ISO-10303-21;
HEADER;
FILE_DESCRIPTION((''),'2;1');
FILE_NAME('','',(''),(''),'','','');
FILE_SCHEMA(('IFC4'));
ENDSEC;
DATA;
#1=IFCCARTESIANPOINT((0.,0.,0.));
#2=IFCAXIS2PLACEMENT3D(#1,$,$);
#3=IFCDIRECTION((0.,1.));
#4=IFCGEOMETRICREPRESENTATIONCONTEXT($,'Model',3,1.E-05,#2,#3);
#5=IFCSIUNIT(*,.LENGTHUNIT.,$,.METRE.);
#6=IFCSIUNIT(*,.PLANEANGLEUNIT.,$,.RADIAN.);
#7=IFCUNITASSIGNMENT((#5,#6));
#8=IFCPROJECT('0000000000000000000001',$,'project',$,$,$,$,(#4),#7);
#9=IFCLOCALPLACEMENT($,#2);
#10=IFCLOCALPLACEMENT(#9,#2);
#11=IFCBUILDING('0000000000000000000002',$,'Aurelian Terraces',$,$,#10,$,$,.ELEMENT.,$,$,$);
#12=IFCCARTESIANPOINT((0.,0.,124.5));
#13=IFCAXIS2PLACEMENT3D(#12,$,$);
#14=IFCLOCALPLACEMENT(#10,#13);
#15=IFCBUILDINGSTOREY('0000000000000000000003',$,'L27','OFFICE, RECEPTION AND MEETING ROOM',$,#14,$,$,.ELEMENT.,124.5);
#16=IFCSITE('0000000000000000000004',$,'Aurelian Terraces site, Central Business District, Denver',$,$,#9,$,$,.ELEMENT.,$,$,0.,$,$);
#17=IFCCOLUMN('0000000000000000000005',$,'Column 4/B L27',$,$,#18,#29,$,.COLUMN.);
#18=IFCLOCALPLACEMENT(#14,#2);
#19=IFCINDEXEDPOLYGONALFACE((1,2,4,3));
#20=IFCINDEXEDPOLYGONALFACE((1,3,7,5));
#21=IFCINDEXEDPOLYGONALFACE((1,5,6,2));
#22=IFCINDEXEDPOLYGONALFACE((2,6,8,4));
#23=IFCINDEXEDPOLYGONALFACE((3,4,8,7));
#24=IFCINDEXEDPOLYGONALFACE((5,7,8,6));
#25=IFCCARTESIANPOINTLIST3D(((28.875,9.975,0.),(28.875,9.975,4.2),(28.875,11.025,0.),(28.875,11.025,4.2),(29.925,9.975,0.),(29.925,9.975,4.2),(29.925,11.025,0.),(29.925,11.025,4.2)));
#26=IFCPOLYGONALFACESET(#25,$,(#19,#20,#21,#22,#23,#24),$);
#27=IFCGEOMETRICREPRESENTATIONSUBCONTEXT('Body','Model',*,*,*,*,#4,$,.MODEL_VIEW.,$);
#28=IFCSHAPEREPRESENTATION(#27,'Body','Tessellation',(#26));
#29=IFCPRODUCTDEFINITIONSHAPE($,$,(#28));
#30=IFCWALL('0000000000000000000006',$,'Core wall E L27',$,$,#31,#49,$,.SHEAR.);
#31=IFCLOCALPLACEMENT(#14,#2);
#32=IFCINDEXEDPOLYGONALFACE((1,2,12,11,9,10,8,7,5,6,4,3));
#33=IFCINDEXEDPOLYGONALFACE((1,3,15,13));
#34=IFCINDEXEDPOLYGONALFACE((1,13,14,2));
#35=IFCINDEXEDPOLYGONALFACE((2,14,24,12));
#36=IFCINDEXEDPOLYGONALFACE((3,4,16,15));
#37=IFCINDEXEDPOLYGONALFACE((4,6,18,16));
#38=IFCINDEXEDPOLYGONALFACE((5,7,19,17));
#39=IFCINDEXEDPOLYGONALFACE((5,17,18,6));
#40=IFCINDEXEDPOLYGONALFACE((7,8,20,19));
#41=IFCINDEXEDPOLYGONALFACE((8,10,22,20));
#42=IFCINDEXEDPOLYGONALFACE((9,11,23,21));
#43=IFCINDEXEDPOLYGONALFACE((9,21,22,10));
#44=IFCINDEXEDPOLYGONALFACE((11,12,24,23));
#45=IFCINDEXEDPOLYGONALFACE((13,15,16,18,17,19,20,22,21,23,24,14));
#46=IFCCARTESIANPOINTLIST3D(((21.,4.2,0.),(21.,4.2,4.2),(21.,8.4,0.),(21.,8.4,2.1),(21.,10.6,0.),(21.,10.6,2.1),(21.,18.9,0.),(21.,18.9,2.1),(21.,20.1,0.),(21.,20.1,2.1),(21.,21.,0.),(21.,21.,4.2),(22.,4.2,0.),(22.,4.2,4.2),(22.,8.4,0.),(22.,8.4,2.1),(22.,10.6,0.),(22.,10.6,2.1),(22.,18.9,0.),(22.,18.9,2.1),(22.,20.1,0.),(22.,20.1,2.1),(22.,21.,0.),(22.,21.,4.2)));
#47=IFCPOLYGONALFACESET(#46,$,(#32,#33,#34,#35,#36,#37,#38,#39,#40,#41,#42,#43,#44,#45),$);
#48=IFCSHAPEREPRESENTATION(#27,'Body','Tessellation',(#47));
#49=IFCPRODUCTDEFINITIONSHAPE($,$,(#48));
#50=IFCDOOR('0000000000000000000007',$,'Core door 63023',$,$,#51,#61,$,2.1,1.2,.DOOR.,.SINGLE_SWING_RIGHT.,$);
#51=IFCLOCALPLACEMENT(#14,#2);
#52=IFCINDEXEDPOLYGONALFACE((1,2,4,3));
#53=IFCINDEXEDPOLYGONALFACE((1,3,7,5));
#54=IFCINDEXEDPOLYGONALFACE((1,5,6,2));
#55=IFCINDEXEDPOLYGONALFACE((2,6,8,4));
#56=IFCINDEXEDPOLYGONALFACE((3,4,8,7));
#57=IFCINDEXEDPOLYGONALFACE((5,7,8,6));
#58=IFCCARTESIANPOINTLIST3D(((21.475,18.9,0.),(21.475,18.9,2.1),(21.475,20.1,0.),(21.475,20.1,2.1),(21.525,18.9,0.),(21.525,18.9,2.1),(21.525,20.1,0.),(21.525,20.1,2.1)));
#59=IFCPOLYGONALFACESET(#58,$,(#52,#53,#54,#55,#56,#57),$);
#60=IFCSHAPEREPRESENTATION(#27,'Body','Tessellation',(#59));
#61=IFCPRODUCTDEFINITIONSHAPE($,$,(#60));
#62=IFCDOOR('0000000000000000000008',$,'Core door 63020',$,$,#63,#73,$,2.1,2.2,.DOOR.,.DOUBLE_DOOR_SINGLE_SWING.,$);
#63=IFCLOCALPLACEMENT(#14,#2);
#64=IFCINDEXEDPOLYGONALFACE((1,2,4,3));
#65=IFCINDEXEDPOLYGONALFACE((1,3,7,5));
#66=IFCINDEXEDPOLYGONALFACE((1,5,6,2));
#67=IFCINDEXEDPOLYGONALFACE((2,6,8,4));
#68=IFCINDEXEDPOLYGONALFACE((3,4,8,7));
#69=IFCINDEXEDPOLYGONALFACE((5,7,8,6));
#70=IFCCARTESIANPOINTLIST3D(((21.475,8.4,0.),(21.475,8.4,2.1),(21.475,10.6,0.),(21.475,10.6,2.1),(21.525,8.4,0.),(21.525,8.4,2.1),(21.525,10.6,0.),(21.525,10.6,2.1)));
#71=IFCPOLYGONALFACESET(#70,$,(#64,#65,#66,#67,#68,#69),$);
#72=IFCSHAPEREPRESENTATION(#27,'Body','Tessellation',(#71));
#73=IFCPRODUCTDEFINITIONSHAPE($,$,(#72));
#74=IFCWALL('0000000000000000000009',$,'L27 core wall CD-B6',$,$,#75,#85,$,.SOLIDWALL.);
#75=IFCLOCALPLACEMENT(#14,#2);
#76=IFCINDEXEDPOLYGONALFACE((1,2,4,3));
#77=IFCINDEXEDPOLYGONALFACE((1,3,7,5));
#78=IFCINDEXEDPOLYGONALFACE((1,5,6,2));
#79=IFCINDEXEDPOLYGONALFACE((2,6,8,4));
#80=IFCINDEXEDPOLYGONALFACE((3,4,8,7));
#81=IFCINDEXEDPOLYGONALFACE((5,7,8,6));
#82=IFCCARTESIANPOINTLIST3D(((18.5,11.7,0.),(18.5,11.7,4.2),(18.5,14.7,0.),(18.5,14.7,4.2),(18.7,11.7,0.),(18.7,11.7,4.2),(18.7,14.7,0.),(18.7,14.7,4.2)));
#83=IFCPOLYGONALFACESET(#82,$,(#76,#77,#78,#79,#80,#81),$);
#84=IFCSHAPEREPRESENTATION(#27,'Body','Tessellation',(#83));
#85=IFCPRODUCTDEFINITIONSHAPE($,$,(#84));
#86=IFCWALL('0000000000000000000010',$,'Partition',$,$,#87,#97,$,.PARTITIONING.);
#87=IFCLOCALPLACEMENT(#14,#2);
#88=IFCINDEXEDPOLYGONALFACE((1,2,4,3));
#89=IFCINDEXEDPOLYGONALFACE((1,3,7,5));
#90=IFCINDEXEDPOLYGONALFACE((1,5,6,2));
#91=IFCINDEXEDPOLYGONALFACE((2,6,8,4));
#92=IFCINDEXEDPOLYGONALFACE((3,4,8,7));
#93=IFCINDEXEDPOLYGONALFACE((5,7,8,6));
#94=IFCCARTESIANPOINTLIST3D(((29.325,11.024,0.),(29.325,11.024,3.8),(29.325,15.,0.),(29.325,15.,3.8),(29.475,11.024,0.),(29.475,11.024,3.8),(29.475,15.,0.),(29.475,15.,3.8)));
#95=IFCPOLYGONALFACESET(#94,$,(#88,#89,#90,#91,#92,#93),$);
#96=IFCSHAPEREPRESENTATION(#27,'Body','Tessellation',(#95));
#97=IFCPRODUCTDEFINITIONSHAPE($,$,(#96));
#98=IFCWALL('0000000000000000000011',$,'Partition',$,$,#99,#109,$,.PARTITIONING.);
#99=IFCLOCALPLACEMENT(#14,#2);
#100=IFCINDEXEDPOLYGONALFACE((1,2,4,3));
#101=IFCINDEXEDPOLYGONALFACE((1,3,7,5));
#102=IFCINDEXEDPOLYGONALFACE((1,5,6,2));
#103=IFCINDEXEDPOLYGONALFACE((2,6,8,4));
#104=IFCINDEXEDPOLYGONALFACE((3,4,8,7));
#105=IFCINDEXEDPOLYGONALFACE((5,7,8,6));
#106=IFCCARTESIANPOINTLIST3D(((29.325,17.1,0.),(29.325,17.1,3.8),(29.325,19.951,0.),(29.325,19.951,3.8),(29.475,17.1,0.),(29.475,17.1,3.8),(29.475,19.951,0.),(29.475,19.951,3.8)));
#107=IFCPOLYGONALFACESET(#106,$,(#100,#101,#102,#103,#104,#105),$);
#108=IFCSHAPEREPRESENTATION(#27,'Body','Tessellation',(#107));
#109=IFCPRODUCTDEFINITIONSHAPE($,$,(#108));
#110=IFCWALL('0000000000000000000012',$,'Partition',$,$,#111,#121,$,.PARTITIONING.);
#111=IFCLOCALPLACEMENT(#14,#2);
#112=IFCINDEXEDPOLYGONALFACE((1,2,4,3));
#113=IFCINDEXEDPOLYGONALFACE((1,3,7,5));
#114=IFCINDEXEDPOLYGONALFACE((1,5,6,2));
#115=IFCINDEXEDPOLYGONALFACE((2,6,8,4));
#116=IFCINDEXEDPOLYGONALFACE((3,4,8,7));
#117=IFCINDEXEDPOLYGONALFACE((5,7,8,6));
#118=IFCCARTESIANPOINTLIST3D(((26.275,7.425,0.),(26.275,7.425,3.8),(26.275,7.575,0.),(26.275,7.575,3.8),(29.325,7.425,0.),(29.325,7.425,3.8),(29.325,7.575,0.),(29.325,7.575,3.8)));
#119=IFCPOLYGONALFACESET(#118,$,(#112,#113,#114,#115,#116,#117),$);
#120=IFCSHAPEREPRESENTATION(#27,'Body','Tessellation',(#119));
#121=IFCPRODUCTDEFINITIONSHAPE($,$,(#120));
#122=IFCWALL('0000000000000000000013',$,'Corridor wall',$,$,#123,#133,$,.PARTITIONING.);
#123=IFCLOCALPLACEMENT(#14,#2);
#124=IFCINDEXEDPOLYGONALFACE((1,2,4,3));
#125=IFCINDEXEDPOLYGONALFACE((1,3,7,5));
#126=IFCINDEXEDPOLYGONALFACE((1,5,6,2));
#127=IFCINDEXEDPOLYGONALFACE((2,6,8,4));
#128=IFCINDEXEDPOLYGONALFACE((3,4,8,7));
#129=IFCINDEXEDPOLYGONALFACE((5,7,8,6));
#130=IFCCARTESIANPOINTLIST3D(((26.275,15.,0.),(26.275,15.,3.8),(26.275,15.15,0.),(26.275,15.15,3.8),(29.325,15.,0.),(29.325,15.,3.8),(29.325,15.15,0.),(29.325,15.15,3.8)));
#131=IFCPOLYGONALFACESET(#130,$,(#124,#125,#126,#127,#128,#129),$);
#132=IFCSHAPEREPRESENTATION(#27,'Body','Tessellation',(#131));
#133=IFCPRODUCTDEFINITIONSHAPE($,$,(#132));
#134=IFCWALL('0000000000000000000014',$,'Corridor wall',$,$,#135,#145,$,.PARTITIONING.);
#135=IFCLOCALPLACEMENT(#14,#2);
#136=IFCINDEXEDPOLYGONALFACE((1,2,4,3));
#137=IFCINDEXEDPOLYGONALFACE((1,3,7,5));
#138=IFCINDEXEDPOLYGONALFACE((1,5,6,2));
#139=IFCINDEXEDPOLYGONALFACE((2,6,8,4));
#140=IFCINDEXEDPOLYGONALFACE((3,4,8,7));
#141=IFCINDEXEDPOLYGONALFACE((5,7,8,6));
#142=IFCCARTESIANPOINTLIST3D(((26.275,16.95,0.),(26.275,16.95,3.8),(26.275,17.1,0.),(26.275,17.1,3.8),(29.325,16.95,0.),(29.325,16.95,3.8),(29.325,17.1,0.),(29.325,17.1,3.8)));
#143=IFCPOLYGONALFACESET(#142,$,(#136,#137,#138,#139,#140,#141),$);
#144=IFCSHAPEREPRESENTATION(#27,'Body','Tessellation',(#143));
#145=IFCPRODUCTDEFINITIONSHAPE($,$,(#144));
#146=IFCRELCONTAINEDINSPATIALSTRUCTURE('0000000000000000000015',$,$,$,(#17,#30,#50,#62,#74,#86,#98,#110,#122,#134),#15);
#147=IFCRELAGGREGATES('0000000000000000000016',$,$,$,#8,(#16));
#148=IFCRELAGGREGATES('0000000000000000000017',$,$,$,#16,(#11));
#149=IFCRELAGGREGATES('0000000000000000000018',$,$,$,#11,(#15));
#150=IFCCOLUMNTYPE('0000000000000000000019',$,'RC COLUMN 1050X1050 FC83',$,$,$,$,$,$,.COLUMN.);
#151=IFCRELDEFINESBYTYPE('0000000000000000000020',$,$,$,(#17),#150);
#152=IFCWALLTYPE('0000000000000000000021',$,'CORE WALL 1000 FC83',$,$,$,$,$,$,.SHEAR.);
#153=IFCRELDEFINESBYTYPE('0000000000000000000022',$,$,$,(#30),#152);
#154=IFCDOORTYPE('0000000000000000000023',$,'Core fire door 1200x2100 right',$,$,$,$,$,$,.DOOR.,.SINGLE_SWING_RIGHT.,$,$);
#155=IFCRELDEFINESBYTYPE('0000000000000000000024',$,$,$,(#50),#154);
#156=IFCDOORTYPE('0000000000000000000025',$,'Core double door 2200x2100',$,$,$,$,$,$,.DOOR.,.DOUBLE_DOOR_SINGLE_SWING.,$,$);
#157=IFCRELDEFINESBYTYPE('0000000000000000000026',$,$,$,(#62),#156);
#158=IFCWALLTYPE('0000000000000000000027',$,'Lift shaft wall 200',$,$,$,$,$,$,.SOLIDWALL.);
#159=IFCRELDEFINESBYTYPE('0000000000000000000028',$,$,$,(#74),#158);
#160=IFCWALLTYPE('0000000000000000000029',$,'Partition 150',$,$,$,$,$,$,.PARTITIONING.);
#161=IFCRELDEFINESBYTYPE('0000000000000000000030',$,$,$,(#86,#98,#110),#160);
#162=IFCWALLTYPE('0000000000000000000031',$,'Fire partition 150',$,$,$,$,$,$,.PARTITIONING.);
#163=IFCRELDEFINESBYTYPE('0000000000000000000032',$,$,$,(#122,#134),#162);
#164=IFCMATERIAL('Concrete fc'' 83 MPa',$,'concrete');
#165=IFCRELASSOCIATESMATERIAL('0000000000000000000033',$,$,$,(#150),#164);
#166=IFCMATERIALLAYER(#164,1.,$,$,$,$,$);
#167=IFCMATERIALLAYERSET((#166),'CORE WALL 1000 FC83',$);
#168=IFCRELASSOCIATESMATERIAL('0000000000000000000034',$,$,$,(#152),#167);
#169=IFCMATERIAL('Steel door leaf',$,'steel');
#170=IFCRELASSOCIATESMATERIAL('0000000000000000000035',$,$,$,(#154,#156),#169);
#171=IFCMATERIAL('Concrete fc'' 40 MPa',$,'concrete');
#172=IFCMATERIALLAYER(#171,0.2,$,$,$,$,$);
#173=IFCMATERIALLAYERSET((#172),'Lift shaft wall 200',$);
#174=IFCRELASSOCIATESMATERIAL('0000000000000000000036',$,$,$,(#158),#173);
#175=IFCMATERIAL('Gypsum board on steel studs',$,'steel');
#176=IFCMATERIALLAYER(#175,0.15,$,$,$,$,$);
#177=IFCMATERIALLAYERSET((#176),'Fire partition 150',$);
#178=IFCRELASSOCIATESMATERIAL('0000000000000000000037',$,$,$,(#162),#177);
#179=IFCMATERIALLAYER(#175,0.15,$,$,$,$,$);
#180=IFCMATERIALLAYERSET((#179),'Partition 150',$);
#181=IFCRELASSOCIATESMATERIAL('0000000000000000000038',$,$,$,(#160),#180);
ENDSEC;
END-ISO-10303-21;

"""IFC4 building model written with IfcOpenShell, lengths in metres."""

from ifc_helpers import new_model, si_unit, direction, frame, frame_2d, origin, origin_2d, place, context, subcontext, project, spatial, rectangle, extrude, source, transform, mapped, material, layer, layer_set, material_profile, profile_set, type_object, element, fill, save


model = new_model("IFC4")

# Units and contexts
model_context = context("Model", 3, precision=1e-05, world=origin(), true_north=direction((0.0, 1.0)))
body_context = subcontext(model_context, "Body", "Model", "MODEL_VIEW")
ifc_project = project(units=[si_unit("LENGTHUNIT", "METRE"), si_unit("PLANEANGLEUNIT", "RADIAN")], contexts=[model_context])

# Site, building, storey
site_placement = place(None, origin())
site = spatial("IfcSite", under=ifc_project, at=site_placement, Name="Aurelian Terraces site, Central Business District, Denver", CompositionType="ELEMENT", RefElevation=0.0)
building_placement = place(site_placement, origin())
building = spatial("IfcBuilding", under=site, at=building_placement, Name="Aurelian Terraces", CompositionType="ELEMENT")
storey_placement = place(building_placement, frame((0.0, 0.0, 124.5)))
storey = spatial("IfcBuildingStorey", under=building, at=storey_placement, Name="L27", Description="OFFICE, RECEPTION AND MEETING ROOM", CompositionType="ELEMENT", Elevation=124.5)

# Column
ifc_material_1 = material(Name="Concrete fc' 83 MPa", Category="concrete")
ifc_material_profile = material_profile(ifc_material_1, rectangle(XDim=1.05, YDim=1.05, at=origin_2d()))
ifc_profile_set = profile_set([ifc_material_profile], Name="Concrete fc' 83 MPa")
column_type = type_object("IfcColumnType", Name="RC COLUMN 1050X1050 FC83", PredefinedType="COLUMN", material=ifc_profile_set)
shared_shape_1 = source(origin(), body_context, "Body", "SweptSolid", [
    extrude(rectangle(XDim=1.05, YDim=1.05, at=origin_2d()), origin(), (0.0, 0.0, 1.0), 4.2),
])
column_placement = place(storey_placement, frame((29.4, 10.5, 0.0), z_axis=(0.0, 0.0, 1.0), x_axis=(1.0, 0.0, 0.0)))
element("IfcColumn", 1, at=column_placement, inside=storey, type_object=column_type, Name="Column 4/B L27", PredefinedType="COLUMN", context=body_context, shape_type="MappedRepresentation", body=[
    mapped(shared_shape_1, transform((0.0, 0.0, 0.0), scale=1.0)),
])

# Wall, openings, doors
ifc_layer_1 = layer(ifc_material_1, 1.0)
ifc_layer_set_1 = layer_set([ifc_layer_1], Name="CORE WALL 1000 FC83")
wall_type_1 = type_object("IfcWallType", Name="CORE WALL 1000 FC83", PredefinedType="SHEAR", material=ifc_layer_set_1)
shared_shape_2 = source(origin(), body_context, "Body", "SweptSolid", [
    extrude(rectangle(XDim=16.8, YDim=1.0, at=frame_2d((8.4, 0.0))), origin(), (0.0, 0.0, 1.0), 4.2),
])
wall_1_placement = place(storey_placement, frame((21.5, 4.2, 0.0), z_axis=(0.0, 0.0, 1.0), x_axis=(0.0, 1.0, 0.0)))
wall_1 = element("IfcWall", 2, at=wall_1_placement, inside=storey, type_object=wall_type_1, Name="Core wall E L27", PredefinedType="SHEAR", context=body_context, shape_type="MappedRepresentation", body=[
    mapped(shared_shape_2, transform((0.0, 0.0, 0.0), scale=1.0)),
])
shared_shape_3 = source(origin(), body_context, "Body", "SweptSolid", [
    extrude(rectangle(XDim=2.2, YDim=2.1, at=frame_2d((1.1, 1.05))), frame((0.0, 0.51, 0.0), z_axis=(0.0, -1.0, 0.0), x_axis=(1.0, 0.0, 0.0)), (0.0, 0.0, 1.0), 1.02),
])
opening_1_placement = place(wall_1_placement, frame((4.2, 0.0, 0.0)))
opening_1 = element("IfcOpeningElement", 3, at=opening_1_placement, cuts=wall_1, PredefinedType="OPENING", context=body_context, shape_type="MappedRepresentation", body=[
    mapped(shared_shape_3, transform((0.0, 0.0, 0.0), scale=1.0)),
])
shared_shape_4 = source(origin(), body_context, "Body", "SweptSolid", [
    extrude(rectangle(XDim=1.2, YDim=2.1, at=frame_2d((0.6, 1.05))), frame((0.0, 0.51, 0.0), z_axis=(0.0, -1.0, 0.0), x_axis=(1.0, 0.0, 0.0)), (0.0, 0.0, 1.0), 1.02),
])
opening_2_placement = place(wall_1_placement, frame((14.7, 0.0, 0.0)))
opening_2 = element("IfcOpeningElement", 4, at=opening_2_placement, cuts=wall_1, PredefinedType="OPENING", context=body_context, shape_type="MappedRepresentation", body=[
    mapped(shared_shape_4, transform((0.0, 0.0, 0.0), scale=1.0)),
])
ifc_material_2 = material(Name="Steel door leaf", Category="steel")
door_type_1 = type_object("IfcDoorType", Name="Core fire door 1200x2100 right", OperationType="SINGLE_SWING_RIGHT", PredefinedType="DOOR", material=ifc_material_2)
shared_shape_5 = source(origin(), body_context, "Body", "SweptSolid", [
    extrude(rectangle(XDim=1.2, YDim=2.1, at=frame_2d((0.6, 1.05))), frame((0.0, 0.025, 0.0), z_axis=(0.0, -1.0, 0.0), x_axis=(1.0, 0.0, 0.0)), (0.0, 0.0, 1.0), 0.05),
])
door_1_placement = place(opening_2_placement, origin())
door_1 = element("IfcDoor", 5, at=door_1_placement, inside=storey, type_object=door_type_1, Name="Core door 63023", OperationType="SINGLE_SWING_RIGHT", OverallHeight=2.1, OverallWidth=1.2, PredefinedType="DOOR", context=body_context, shape_type="MappedRepresentation", body=[
    mapped(shared_shape_5, transform((0.0, 0.0, 0.0), scale=1.0)),
])
fill(opening_2, door_1)
door_type_2 = type_object("IfcDoorType", Name="Core double door 2200x2100", OperationType="DOUBLE_DOOR_SINGLE_SWING", PredefinedType="DOOR", material=ifc_material_2)
shared_shape_6 = source(origin(), body_context, "Body", "SweptSolid", [
    extrude(rectangle(XDim=2.2, YDim=2.1, at=frame_2d((1.1, 1.05))), frame((0.0, 0.025, 0.0), z_axis=(0.0, -1.0, 0.0), x_axis=(1.0, 0.0, 0.0)), (0.0, 0.0, 1.0), 0.05),
])
door_2_placement = place(opening_1_placement, origin())
door_2 = element("IfcDoor", 6, at=door_2_placement, inside=storey, type_object=door_type_2, Name="Core door 63020", OperationType="DOUBLE_DOOR_SINGLE_SWING", OverallHeight=2.1, OverallWidth=2.2, PredefinedType="DOOR", context=body_context, shape_type="MappedRepresentation", body=[
    mapped(shared_shape_6, transform((0.0, 0.0, 0.0), scale=1.0)),
])
fill(opening_1, door_2)

# Wall
ifc_material_3 = material(Name="Concrete fc' 40 MPa", Category="concrete")
ifc_layer_2 = layer(ifc_material_3, 0.2)
ifc_layer_set_2 = layer_set([ifc_layer_2], Name="Lift shaft wall 200")
wall_type_2 = type_object("IfcWallType", Name="Lift shaft wall 200", PredefinedType="SOLIDWALL", material=ifc_layer_set_2)
shared_shape_7 = source(origin(), body_context, "Body", "SweptSolid", [
    extrude(rectangle(XDim=3.0, YDim=0.2, at=frame_2d((1.5, 0.0))), origin(), (0.0, 0.0, 1.0), 4.2),
])
wall_2_placement = place(storey_placement, frame((18.6, 11.7, 0.0), z_axis=(0.0, 0.0, 1.0), x_axis=(0.0, 1.0, 0.0)))
element("IfcWall", 7, at=wall_2_placement, inside=storey, type_object=wall_type_2, Name="L27 core wall CD-B6", PredefinedType="SOLIDWALL", context=body_context, shape_type="MappedRepresentation", body=[
    mapped(shared_shape_7, transform((0.0, 0.0, 0.0), scale=1.0)),
])

# Shared definitions
ifc_material_4 = material(Name="Gypsum board on steel studs", Category="steel")
ifc_layer_3 = layer(ifc_material_4, 0.15)
ifc_layer_set_3 = layer_set([ifc_layer_3], Name="Fire partition 150")
wall_type_3 = type_object("IfcWallType", Name="Fire partition 150", PredefinedType="PARTITIONING", material=ifc_layer_set_3)

# Walls
ifc_layer_4 = layer(ifc_material_4, 0.15)
ifc_layer_set_4 = layer_set([ifc_layer_4], Name="Partition 150")
wall_type_4 = type_object("IfcWallType", Name="Partition 150", PredefinedType="PARTITIONING", material=ifc_layer_set_4)
shared_shape_8 = source(origin(), body_context, "Body", "SweptSolid", [
    extrude(rectangle(XDim=3.976, YDim=0.15, at=frame_2d((1.988, 0.0))), origin(), (0.0, 0.0, 1.0), 3.8),
])
wall_3_placement = place(storey_placement, frame((29.4, 11.024, 0.0), z_axis=(0.0, 0.0, 1.0), x_axis=(0.0, 1.0, 0.0)))
element("IfcWall", 8, at=wall_3_placement, inside=storey, type_object=wall_type_4, Name="Partition", PredefinedType="PARTITIONING", context=body_context, shape_type="MappedRepresentation", body=[
    mapped(shared_shape_8, transform((0.0, 0.0, 0.0), scale=1.0)),
])
shared_shape_9 = source(origin(), body_context, "Body", "SweptSolid", [
    extrude(rectangle(XDim=2.851, YDim=0.15, at=frame_2d((1.4255, 0.0))), origin(), (0.0, 0.0, 1.0), 3.8),
])
wall_4_placement = place(storey_placement, frame((29.4, 17.1, 0.0), z_axis=(0.0, 0.0, 1.0), x_axis=(0.0, 1.0, 0.0)))
element("IfcWall", 9, at=wall_4_placement, inside=storey, type_object=wall_type_4, Name="Partition", PredefinedType="PARTITIONING", context=body_context, shape_type="MappedRepresentation", body=[
    mapped(shared_shape_9, transform((0.0, 0.0, 0.0), scale=1.0)),
])
shared_shape_10 = source(origin(), body_context, "Body", "SweptSolid", [
    extrude(rectangle(XDim=3.05, YDim=0.15, at=frame_2d((1.525, 0.0))), origin(), (0.0, 0.0, 1.0), 3.8),
])
wall_5_placement = place(storey_placement, frame((29.325, 7.5, 0.0), z_axis=(0.0, 0.0, 1.0), x_axis=(-1.0, 0.0, 0.0)))
element("IfcWall", 10, at=wall_5_placement, inside=storey, type_object=wall_type_4, Name="Partition", PredefinedType="PARTITIONING", context=body_context, shape_type="MappedRepresentation", body=[
    mapped(shared_shape_10, transform((0.0, 0.0, 0.0), scale=1.0)),
])
for number, where, z_axis, x_axis, name in (
    (11, (29.325, 15.075, 0.0), (0.0, 0.0, 1.0), (-1.0, 0.0, 0.0), "Corridor wall"),
    (12, (26.275, 17.025, 0.0), (0.0, 0.0, 1.0), (1.0, 0.0, 0.0), "Corridor wall"),
):
    element("IfcWall", number, at=place(storey_placement, frame(where, z_axis=z_axis, x_axis=x_axis)), inside=storey, type_object=wall_type_3, Name=name, PredefinedType="PARTITIONING", context=body_context, shape_type="MappedRepresentation", body=[
        mapped(shared_shape_10, transform((0.0, 0.0, 0.0), scale=1.0)),
    ])

save(model, "model.ifc")
